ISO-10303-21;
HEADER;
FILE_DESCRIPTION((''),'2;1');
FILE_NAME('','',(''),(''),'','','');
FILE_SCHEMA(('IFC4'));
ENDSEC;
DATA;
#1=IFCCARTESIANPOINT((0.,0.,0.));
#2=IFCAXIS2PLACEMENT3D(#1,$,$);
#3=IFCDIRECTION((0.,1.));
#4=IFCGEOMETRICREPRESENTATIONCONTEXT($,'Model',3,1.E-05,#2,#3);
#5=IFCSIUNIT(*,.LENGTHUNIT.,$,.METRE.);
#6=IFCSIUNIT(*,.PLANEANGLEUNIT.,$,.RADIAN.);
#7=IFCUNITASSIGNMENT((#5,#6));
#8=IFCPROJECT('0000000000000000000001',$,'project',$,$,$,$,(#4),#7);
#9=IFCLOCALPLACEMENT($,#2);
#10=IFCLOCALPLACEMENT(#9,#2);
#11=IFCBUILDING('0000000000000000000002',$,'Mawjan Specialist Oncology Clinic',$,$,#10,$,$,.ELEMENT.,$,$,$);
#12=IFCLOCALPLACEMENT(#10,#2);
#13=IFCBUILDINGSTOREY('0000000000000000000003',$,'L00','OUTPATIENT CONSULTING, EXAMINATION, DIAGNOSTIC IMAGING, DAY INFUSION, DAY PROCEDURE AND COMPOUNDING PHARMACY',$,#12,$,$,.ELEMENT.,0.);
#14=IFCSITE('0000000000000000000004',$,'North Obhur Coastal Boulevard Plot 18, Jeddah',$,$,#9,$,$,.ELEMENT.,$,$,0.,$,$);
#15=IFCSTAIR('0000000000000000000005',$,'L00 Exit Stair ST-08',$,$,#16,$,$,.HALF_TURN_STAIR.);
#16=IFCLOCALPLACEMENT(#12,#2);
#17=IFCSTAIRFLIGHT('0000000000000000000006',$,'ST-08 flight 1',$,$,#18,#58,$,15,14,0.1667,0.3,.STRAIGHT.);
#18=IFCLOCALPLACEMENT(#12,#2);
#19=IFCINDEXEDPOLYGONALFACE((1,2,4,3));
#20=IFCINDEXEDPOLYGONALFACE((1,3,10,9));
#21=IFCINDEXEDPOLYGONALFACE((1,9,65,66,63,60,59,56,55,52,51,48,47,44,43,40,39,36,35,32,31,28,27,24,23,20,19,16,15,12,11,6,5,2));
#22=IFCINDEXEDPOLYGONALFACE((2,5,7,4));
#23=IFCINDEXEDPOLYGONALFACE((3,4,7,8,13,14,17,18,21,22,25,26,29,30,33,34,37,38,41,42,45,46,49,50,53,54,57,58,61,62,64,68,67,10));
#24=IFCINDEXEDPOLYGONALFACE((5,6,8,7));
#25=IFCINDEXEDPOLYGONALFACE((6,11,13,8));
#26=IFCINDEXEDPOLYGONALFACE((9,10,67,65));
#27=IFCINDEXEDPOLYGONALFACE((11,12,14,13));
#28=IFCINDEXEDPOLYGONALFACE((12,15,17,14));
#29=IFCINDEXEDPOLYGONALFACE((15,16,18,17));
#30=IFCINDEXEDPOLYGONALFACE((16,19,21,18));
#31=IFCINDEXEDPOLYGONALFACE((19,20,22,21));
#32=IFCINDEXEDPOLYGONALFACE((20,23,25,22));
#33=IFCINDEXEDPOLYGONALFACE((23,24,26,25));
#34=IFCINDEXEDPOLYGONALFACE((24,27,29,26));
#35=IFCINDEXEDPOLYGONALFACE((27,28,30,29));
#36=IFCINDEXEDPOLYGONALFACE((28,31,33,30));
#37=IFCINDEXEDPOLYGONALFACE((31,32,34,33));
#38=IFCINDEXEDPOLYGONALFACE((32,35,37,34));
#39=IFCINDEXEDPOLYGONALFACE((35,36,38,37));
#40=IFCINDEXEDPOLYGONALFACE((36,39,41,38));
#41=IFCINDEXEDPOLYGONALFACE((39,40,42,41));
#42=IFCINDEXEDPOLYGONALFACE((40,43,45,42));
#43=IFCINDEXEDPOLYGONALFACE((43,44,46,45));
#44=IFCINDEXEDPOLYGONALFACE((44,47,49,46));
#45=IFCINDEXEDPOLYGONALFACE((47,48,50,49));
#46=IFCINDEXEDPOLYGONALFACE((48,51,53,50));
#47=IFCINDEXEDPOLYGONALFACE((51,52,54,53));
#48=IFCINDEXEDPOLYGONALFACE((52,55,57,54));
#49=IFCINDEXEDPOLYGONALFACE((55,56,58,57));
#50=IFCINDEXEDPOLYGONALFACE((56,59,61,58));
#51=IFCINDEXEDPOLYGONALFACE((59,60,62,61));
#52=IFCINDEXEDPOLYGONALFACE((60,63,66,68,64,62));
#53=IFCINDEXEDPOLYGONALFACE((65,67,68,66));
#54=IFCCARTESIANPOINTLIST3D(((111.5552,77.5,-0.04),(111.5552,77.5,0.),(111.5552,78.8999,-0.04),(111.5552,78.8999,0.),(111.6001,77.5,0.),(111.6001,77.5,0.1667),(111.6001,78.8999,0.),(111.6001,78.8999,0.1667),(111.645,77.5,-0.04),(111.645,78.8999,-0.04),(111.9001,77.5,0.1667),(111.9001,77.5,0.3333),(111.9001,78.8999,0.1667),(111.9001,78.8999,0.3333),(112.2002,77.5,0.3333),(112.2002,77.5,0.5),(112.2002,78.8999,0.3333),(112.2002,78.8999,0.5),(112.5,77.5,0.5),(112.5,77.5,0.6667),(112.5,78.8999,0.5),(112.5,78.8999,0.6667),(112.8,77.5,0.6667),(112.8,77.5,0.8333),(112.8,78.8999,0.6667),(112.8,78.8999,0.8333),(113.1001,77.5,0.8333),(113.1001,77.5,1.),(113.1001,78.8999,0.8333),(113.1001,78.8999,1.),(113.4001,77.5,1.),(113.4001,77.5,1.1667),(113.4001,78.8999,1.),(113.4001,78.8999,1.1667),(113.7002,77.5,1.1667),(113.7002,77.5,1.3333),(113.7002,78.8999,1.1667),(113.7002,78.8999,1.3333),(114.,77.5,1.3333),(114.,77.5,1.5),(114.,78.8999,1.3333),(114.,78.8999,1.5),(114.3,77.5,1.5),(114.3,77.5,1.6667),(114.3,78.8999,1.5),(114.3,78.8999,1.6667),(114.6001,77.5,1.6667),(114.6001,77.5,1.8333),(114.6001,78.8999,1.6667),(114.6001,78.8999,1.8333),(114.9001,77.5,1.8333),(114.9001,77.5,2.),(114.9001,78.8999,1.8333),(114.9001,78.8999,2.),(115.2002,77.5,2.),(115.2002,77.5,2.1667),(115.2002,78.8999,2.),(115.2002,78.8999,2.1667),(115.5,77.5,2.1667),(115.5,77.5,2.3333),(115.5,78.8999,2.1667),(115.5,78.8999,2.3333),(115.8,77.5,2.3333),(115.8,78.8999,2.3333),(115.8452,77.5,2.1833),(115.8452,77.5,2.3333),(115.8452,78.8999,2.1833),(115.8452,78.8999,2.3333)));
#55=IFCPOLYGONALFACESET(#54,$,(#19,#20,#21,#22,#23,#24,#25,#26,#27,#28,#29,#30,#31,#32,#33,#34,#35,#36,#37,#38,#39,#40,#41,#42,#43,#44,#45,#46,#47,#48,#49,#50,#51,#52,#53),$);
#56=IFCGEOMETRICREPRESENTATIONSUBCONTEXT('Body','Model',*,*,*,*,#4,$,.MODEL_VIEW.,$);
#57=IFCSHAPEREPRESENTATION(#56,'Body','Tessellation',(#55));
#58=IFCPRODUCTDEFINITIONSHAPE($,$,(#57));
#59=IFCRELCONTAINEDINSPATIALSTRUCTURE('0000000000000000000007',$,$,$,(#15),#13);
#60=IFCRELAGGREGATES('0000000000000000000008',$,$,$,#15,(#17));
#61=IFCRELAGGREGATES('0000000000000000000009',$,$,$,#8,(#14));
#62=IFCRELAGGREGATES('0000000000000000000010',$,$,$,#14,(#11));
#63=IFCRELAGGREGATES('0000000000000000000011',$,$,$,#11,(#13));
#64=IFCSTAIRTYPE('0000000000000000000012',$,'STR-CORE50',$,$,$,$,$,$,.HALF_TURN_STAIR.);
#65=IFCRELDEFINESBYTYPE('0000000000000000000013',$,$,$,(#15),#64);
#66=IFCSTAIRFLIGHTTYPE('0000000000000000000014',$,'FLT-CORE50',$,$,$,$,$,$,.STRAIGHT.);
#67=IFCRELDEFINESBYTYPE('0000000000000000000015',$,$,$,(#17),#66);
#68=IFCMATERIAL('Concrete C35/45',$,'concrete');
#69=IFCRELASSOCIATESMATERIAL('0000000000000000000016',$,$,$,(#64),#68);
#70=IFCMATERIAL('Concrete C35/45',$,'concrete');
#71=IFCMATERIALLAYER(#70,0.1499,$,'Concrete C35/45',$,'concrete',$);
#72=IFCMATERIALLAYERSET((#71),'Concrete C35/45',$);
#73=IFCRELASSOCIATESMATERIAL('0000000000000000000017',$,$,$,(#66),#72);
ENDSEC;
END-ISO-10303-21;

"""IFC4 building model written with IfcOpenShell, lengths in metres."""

from ifc_helpers import new_model, si_unit, direction, frame, origin, place, context, subcontext, project, spatial, polyline, outline, extrude, material, layer, layer_set, type_object, element, aggregate, save


model = new_model("IFC4")

# Units and contexts
model_context = context("Model", 3, precision=1e-05, world=origin(), true_north=direction((0.0, 1.0)))
body_context = subcontext(model_context, "Body", "Model", "MODEL_VIEW")
ifc_project = project(units=[si_unit("LENGTHUNIT", "METRE"), si_unit("PLANEANGLEUNIT", "RADIAN")], contexts=[model_context])

# Site, building, storey
site_placement = place(None, origin())
site = spatial("IfcSite", under=ifc_project, at=site_placement, Name="North Obhur Coastal Boulevard Plot 18, Jeddah", CompositionType="ELEMENT", RefElevation=0.0)
building_placement = place(site_placement, origin())
building = spatial("IfcBuilding", under=site, at=building_placement, Name="Mawjan Specialist Oncology Clinic", CompositionType="ELEMENT")
storey_placement = place(building_placement, origin())
storey = spatial("IfcBuildingStorey", under=building, at=storey_placement, Name="L00", Description="OUTPATIENT CONSULTING, EXAMINATION, DIAGNOSTIC IMAGING, DAY INFUSION, DAY PROCEDURE AND COMPOUNDING PHARMACY", CompositionType="ELEMENT", Elevation=0.0)

# Stair, stair flight
ifc_material_1 = material(Name="Concrete C35/45", Category="concrete")
stair_type = type_object("IfcStairType", Name="STR-CORE50", PredefinedType="HALF_TURN_STAIR", material=ifc_material_1)
stair_placement = place(storey_placement, origin())
stair = element("IfcStair", 1, at=stair_placement, inside=storey, type_object=stair_type, Name="L00 Exit Stair ST-08", PredefinedType="HALF_TURN_STAIR")
ifc_material_2 = material(Name="Concrete C35/45", Category="concrete")
ifc_layer_1 = layer(ifc_material_2, 0.1499, Name="Concrete C35/45", Category="concrete")
ifc_layer_set_1 = layer_set([ifc_layer_1], Name="Concrete C35/45")
stair_flight_type = type_object("IfcStairFlightType", Name="FLT-CORE50", PredefinedType="STRAIGHT", material=ifc_layer_set_1)
stair_flight_placement = place(storey_placement, frame((111.6001, 78.2, 0.0), z_axis=(0.0, 0.0, 1.0), x_axis=(1.0, 0.0, 0.0)))
stair_flight = element("IfcStairFlight", 2, at=stair_flight_placement, type_object=stair_flight_type, Name="ST-08 flight 1", NumberOfRisers=15, NumberOfTreads=14, PredefinedType="STRAIGHT", RiserHeight=0.1667, TreadLength=0.3, context=body_context, shape_type="SweptSolid", body=[
    extrude(outline(polyline([(-0.0449, -0.04), (-0.0449, 0.0), (0.0, 0.0), (0.0, 0.1667), (0.3, 0.1667), (0.3, 0.3333), (0.6001, 0.3333), (0.6001, 0.5), (0.8999, 0.5), (0.8999, 0.6667), (1.2, 0.6667), (1.2, 0.8333), (1.5, 0.8333), (1.5, 1.0), (1.8, 1.0), (1.8, 1.1667), (2.1001, 1.1667), (2.1001, 1.3333), (2.3999, 1.3333), (2.3999, 1.5), (2.7, 1.5), (2.7, 1.6667), (3.0, 1.6667), (3.0, 1.8333), (3.3, 1.8333), (3.3, 2.0), (3.6001, 2.0), (3.6001, 2.1667), (3.8999, 2.1667), (3.8999, 2.3333), (4.2, 2.3333), (4.2451, 2.3333), (4.2451, 2.1833), (0.0449, -0.04), (-0.0449, -0.04)])), frame((0.0, 0.7, 0.0), z_axis=(0.0, -1.0, 0.0), x_axis=(1.0, 0.0, 0.0)), (0.0, 0.0, 1.0), 1.3999),
])
aggregate(stair, [stair_flight])

save(model, "model.ifc")
